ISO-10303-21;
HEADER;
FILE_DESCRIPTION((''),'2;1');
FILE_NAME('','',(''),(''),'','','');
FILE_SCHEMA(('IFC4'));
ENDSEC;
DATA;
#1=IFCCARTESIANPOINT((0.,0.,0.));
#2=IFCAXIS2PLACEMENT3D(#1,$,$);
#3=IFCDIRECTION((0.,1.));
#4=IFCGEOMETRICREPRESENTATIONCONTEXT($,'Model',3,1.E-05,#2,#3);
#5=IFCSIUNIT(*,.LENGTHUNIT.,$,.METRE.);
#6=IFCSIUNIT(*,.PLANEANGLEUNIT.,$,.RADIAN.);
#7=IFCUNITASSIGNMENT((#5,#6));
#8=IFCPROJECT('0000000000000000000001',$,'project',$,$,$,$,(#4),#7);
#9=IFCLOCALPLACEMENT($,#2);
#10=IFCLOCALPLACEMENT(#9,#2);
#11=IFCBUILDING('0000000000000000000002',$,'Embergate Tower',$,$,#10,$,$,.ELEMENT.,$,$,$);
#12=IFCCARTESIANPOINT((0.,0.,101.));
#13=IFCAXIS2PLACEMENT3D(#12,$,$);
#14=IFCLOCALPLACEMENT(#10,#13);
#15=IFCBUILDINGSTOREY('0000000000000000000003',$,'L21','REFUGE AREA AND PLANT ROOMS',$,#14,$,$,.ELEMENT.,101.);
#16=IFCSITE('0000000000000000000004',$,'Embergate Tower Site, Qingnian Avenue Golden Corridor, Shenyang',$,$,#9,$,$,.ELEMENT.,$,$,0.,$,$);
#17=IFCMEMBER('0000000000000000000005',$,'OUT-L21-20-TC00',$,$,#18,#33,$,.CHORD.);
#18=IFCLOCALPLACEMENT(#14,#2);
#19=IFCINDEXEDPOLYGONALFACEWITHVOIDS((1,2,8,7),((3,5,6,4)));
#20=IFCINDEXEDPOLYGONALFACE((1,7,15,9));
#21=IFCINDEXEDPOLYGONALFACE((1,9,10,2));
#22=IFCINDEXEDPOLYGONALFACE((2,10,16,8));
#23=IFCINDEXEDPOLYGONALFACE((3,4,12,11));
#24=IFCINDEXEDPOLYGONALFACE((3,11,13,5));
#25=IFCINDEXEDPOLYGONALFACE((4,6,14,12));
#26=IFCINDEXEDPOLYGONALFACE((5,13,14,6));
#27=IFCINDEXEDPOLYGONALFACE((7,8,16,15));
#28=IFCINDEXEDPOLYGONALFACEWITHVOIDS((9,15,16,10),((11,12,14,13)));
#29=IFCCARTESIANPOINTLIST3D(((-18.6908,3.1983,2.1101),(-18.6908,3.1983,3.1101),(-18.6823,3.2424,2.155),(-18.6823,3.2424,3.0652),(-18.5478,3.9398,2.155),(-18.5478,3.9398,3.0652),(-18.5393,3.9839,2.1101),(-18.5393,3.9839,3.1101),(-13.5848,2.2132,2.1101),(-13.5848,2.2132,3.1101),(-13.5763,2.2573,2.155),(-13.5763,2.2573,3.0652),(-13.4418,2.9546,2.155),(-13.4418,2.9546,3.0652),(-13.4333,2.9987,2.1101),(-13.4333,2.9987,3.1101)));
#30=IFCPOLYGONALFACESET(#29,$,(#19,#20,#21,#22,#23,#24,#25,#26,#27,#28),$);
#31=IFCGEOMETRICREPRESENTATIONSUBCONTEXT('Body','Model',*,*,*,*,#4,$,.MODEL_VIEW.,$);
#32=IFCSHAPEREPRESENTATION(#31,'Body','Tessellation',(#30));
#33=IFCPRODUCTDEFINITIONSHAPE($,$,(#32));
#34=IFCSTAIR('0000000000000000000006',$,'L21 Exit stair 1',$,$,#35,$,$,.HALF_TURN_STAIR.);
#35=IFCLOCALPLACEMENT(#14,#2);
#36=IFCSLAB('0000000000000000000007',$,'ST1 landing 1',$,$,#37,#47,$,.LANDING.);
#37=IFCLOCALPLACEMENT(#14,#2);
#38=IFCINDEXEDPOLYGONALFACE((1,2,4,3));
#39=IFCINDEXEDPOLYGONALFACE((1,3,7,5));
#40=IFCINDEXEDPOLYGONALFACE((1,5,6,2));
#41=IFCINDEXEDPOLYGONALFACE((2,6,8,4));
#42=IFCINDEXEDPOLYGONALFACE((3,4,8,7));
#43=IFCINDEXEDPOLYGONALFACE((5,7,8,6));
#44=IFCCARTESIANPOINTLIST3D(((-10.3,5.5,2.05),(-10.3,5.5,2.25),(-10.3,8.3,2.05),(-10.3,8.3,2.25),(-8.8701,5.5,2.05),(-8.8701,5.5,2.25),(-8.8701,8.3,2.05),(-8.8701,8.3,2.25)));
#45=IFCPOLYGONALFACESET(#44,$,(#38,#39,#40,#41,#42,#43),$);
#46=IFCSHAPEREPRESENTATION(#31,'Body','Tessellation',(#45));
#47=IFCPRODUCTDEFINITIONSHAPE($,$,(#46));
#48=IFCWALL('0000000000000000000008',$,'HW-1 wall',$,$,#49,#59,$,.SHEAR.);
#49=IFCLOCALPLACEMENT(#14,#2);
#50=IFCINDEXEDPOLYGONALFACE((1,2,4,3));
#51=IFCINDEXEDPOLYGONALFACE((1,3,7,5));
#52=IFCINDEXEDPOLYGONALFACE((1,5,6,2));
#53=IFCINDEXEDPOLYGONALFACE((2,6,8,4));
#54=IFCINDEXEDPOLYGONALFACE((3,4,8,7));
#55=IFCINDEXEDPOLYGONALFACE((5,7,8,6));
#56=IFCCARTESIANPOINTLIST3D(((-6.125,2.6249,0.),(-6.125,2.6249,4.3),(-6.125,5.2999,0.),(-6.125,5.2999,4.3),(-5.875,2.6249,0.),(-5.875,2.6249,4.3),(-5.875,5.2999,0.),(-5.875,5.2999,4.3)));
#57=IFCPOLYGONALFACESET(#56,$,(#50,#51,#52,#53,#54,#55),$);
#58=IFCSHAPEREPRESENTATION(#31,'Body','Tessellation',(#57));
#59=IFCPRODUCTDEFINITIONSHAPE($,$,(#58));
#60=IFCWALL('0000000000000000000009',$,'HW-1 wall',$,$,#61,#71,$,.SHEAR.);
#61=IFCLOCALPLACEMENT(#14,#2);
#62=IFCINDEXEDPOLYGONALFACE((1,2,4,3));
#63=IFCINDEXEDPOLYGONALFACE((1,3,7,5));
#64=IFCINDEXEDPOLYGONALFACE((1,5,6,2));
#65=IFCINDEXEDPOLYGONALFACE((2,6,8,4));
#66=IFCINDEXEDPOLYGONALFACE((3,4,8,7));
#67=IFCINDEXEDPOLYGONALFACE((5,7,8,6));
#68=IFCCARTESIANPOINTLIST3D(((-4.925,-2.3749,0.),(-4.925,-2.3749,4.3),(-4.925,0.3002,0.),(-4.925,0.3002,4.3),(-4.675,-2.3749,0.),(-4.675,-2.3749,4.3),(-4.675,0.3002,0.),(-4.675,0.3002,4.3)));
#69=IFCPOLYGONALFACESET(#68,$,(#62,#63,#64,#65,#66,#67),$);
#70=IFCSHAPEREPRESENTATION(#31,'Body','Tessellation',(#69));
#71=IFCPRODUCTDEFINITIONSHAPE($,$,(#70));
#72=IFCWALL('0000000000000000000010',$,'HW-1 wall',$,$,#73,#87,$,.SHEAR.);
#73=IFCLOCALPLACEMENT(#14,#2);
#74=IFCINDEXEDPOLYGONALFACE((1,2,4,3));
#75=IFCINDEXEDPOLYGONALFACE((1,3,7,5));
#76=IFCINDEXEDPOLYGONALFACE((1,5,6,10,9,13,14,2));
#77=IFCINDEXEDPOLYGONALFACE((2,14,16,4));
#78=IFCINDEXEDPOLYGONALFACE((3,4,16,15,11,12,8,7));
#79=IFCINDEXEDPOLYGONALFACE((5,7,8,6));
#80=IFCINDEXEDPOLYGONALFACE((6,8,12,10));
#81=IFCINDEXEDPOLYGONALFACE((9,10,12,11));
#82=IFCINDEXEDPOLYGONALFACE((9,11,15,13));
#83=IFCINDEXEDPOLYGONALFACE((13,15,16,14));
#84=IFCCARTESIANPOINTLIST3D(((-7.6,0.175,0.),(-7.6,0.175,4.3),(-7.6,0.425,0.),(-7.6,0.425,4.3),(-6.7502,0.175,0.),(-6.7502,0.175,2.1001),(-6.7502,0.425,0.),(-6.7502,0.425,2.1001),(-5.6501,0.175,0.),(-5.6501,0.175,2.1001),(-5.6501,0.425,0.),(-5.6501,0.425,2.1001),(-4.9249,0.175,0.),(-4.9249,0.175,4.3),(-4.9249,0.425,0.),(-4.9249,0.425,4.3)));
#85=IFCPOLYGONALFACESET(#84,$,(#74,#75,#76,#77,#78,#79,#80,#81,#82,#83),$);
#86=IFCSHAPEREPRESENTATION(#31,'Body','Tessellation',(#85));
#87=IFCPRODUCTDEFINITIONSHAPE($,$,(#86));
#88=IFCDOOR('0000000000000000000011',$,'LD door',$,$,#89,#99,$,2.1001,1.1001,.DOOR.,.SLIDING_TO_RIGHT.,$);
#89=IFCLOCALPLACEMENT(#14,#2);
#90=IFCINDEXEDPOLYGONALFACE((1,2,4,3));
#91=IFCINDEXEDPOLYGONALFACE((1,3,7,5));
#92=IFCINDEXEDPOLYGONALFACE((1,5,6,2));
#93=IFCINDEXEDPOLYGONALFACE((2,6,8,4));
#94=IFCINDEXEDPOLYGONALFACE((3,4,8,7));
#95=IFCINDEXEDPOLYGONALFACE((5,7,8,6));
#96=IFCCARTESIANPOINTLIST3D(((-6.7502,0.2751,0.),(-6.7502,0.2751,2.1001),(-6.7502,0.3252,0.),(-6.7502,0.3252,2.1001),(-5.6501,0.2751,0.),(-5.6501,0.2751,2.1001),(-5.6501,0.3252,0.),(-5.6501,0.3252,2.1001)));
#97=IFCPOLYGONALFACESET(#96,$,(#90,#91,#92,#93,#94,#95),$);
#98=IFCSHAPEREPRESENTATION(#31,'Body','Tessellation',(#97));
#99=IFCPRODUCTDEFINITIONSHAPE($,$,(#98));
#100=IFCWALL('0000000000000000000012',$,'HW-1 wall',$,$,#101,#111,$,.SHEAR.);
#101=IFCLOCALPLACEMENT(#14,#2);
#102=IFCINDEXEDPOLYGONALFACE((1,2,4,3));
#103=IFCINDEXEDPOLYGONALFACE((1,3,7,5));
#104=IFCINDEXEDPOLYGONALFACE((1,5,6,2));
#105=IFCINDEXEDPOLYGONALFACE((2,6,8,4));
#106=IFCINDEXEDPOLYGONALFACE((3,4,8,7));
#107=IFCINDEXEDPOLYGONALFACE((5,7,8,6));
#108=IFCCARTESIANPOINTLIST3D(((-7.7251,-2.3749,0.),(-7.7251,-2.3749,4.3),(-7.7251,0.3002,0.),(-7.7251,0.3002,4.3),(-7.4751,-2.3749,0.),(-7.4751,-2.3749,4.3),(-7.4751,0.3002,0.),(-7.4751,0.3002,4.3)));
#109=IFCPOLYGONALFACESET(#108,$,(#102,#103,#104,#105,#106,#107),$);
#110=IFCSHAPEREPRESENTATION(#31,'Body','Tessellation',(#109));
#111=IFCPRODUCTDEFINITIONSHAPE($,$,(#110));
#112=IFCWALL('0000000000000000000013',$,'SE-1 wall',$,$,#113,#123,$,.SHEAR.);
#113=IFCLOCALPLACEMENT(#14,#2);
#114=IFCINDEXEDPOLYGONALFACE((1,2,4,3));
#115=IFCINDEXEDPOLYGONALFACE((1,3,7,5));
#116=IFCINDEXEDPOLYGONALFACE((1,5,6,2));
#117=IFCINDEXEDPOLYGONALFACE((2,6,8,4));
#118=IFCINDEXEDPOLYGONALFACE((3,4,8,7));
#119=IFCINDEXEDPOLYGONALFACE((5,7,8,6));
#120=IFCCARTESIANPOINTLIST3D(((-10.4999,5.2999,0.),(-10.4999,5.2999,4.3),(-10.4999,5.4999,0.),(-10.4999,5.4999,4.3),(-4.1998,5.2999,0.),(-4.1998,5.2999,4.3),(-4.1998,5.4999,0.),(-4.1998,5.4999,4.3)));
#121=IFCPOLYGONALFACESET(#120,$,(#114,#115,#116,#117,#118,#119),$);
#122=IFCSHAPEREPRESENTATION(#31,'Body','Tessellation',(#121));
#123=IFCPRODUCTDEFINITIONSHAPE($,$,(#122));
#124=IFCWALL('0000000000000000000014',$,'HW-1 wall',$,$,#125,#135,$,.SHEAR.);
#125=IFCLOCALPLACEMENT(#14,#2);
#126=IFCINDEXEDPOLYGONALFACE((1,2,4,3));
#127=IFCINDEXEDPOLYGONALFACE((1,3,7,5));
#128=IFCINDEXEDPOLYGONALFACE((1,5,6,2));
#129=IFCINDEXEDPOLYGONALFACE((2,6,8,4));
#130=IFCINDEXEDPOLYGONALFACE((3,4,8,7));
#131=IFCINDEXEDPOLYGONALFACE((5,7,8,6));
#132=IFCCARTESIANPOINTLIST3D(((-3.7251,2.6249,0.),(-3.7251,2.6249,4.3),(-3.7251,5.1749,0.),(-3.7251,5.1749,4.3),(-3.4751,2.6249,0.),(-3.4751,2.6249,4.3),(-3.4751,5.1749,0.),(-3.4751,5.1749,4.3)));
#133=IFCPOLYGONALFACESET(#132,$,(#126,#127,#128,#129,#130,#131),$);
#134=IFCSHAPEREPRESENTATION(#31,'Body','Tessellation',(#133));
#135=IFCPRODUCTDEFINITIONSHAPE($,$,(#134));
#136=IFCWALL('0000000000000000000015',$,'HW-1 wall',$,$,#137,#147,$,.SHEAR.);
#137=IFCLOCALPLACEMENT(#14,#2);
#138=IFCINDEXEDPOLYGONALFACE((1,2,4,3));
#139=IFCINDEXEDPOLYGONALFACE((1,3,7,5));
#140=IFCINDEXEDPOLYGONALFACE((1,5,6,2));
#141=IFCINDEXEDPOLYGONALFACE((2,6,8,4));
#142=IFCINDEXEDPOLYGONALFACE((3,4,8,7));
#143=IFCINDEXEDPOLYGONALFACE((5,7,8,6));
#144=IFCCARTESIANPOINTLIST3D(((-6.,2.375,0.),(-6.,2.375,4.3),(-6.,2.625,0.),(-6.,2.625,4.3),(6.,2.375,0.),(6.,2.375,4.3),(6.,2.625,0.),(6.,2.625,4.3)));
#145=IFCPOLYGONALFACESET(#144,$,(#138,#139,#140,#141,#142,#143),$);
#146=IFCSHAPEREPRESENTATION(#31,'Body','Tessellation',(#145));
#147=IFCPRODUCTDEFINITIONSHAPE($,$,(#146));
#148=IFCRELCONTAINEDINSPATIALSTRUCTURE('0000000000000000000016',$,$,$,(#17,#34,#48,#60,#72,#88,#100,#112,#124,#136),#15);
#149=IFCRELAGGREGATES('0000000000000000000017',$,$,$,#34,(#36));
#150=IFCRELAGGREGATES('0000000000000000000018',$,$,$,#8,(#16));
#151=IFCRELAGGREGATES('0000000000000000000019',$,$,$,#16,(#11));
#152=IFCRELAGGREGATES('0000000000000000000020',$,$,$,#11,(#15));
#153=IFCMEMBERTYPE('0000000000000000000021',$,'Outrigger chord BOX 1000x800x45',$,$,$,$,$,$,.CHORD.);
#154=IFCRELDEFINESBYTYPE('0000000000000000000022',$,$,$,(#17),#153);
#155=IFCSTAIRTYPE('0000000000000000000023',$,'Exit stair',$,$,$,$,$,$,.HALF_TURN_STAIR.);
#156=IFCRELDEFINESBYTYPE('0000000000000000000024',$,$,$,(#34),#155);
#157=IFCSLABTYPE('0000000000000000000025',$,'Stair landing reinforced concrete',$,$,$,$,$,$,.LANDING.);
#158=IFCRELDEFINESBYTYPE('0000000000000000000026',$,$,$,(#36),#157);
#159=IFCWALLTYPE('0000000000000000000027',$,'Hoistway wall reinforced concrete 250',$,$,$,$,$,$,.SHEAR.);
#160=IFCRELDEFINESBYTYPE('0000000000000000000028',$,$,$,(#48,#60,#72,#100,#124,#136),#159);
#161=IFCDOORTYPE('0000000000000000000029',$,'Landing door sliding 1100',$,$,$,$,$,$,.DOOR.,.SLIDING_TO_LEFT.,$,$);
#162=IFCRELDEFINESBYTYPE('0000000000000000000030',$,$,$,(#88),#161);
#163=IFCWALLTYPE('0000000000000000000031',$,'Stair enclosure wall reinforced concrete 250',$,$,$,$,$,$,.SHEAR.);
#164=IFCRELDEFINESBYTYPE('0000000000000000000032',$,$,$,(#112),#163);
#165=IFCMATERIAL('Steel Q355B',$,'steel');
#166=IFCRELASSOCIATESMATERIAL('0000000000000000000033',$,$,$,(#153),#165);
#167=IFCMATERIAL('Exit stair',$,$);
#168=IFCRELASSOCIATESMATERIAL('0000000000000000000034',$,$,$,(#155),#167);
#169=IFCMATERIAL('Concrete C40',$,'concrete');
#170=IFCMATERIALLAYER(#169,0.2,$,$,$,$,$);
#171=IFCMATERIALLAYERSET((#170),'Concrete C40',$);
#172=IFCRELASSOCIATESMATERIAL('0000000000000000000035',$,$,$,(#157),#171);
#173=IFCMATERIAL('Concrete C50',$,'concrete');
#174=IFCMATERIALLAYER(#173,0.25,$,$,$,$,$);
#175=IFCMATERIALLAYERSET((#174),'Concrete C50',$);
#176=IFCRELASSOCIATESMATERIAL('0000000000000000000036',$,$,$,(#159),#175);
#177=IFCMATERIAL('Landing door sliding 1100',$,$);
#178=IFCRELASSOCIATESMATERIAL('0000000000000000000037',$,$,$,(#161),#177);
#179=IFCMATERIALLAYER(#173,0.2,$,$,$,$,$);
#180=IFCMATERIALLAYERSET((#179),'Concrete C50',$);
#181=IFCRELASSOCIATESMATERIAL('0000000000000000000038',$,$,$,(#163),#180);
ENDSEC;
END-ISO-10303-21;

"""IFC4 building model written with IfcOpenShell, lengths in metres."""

from ifc_helpers import new_model, si_unit, direction, frame, frame_2d, origin, origin_2d, place, context, subcontext, project, spatial, polyline, rectangle, hollow_rectangle, outline, extrude, source, transform, mapped, material, layer, layer_set, material_profile, profile_set, type_object, element, fill, aggregate, save


model = new_model("IFC4")

# Units and contexts
model_context = context("Model", 3, precision=1e-05, world=origin(), true_north=direction((0.0, 1.0)))
body_context = subcontext(model_context, "Body", "Model", "MODEL_VIEW")
ifc_project = project(units=[si_unit("LENGTHUNIT", "METRE"), si_unit("PLANEANGLEUNIT", "RADIAN")], contexts=[model_context])

# Site, building, storey
site_placement = place(None, origin())
site = spatial("IfcSite", under=ifc_project, at=site_placement, Name="Embergate Tower Site, Qingnian Avenue Golden Corridor, Shenyang", CompositionType="ELEMENT", RefElevation=0.0)
building_placement = place(site_placement, origin())
building = spatial("IfcBuilding", under=site, at=building_placement, Name="Embergate Tower", CompositionType="ELEMENT")
storey_placement = place(building_placement, frame((0.0, 0.0, 101.0)))
storey = spatial("IfcBuildingStorey", under=building, at=storey_placement, Name="L21", Description="REFUGE AREA AND PLANT ROOMS", CompositionType="ELEMENT", Elevation=101.0)

# Member
ifc_material_1 = material(Name="Steel Q355B", Category="steel")
ifc_material_profile = material_profile(ifc_material_1, hollow_rectangle(XDim=0.8, YDim=1.0, WallThickness=0.0449, at=origin_2d()), Name="BOX 1000x800x45")
ifc_profile_set = profile_set([ifc_material_profile], Name="Steel Q355 grade B")
member_type = type_object("IfcMemberType", Name="Outrigger chord BOX 1000x800x45", PredefinedType="CHORD", material=ifc_profile_set)
shared_shape_1 = source(origin(), body_context, "Body", "SweptSolid", [
    extrude(hollow_rectangle(XDim=0.8, YDim=1.0, WallThickness=0.0449, at=origin_2d()), origin(), (0.0, 0.0, 1.0), 5.2002),
])
member_placement = place(storey_placement, frame((-13.509, 2.606, 2.6101), z_axis=(-0.981892, 0.189439, 0.0), x_axis=(-0.189439, -0.981892, 0.0)))
element("IfcMember", 1, at=member_placement, inside=storey, type_object=member_type, Name="OUT-L21-20-TC00", PredefinedType="CHORD", context=body_context, shape_type="MappedRepresentation", body=[
    mapped(shared_shape_1, transform((0.0, 0.0, 0.0))),
])

# Stair, slab
ifc_material_2 = material(Name="Exit stair")
stair_type = type_object("IfcStairType", Name="Exit stair", PredefinedType="HALF_TURN_STAIR", material=ifc_material_2)
stair_placement = place(storey_placement, origin())
stair = element("IfcStair", 2, at=stair_placement, inside=storey, type_object=stair_type, Name="L21 Exit stair 1", PredefinedType="HALF_TURN_STAIR")
ifc_material_3 = material(Name="Concrete C40", Category="concrete")
ifc_layer_1 = layer(ifc_material_3, 0.2)
ifc_layer_set_1 = layer_set([ifc_layer_1], Name="Concrete C40")
slab_type = type_object("IfcSlabType", Name="Stair landing reinforced concrete", PredefinedType="LANDING", material=ifc_layer_set_1)
shared_shape_2 = source(origin(), body_context, "Body", "SweptSolid", [
    extrude(outline(polyline([(0.0, 0.0), (1.4299, 0.0), (1.4299, 2.8), (0.0, 2.8), (0.0, 0.0)])), origin(), (0.0, 0.0, 1.0), 0.2),
])
slab_placement = place(storey_placement, frame((-10.3, 5.5, 2.05)))
slab = element("IfcSlab", 3, at=slab_placement, type_object=slab_type, Name="ST1 landing 1", PredefinedType="LANDING", context=body_context, shape_type="MappedRepresentation", body=[
    mapped(shared_shape_2, transform((0.0, 0.0, 0.0))),
])
aggregate(stair, [slab])

# Walls
ifc_material_4 = material(Name="Concrete C50", Category="concrete")
ifc_layer_2 = layer(ifc_material_4, 0.25)
ifc_layer_set_2 = layer_set([ifc_layer_2], Name="Concrete C50")
wall_type_1 = type_object("IfcWallType", Name="Hoistway wall reinforced concrete 250", PredefinedType="SHEAR", material=ifc_layer_set_2)
shared_shape_3 = source(origin(), body_context, "Body", "SweptSolid", [
    extrude(rectangle(XDim=2.675, YDim=0.25, at=frame_2d((1.3374, 0.0))), origin(), (0.0, 0.0, 1.0), 4.3),
])
for number, where, z_axis, x_axis, name in (
    (4, (-6.0, 2.625, 0.0), (0.0, 0.0, 1.0), (0.0, 1.0, 0.0), "HW-1 wall"),
    (5, (-4.8, 0.3, 0.0), (0.0, 0.0, 1.0), (0.0, -1.0, 0.0), "HW-1 wall"),
):
    element("IfcWall", number, at=place(storey_placement, frame(where, z_axis=z_axis, x_axis=x_axis)), inside=storey, type_object=wall_type_1, Name=name, PredefinedType="SHEAR", context=body_context, shape_type="MappedRepresentation", body=[
        mapped(shared_shape_3, transform((0.0, 0.0, 0.0))),
    ])

# Wall, opening, door
wall_1_placement = place(storey_placement, frame((-4.925, 0.3, 0.0), z_axis=(0.0, 0.0, 1.0), x_axis=(-1.0, 0.0, 0.0)))
wall_1 = element("IfcWall", 6, at=wall_1_placement, inside=storey, type_object=wall_type_1, Name="HW-1 wall", PredefinedType="SHEAR", context=body_context, shape_type="MappedRepresentation", body=[
    mapped(shared_shape_3, transform((0.0, 0.0, 0.0))),
])
shared_shape_4 = source(origin(), body_context, "Body", "SweptSolid", [
    extrude(rectangle(XDim=1.1001, YDim=2.1001, at=frame_2d((0.55, 1.05))), frame((0.0, 0.135, 0.0), z_axis=(0.0, -1.0, 0.0), x_axis=(1.0, 0.0, 0.0)), (0.0, 0.0, 1.0), 0.27),
])
opening_1_placement = place(wall_1_placement, frame((0.7251, 0.0, 0.0)))
opening_1 = element("IfcOpeningElement", 7, at=opening_1_placement, cuts=wall_1, PredefinedType="OPENING", context=body_context, shape_type="MappedRepresentation", body=[
    mapped(shared_shape_4, transform((0.0, 0.0, 0.0))),
])
ifc_material_5 = material(Name="Landing door sliding 1100")
door_type_1 = type_object("IfcDoorType", Name="Landing door sliding 1100", OperationType="SLIDING_TO_LEFT", PredefinedType="DOOR", material=ifc_material_5)
shared_shape_5 = source(origin(), body_context, "Body", "SweptSolid", [
    extrude(rectangle(XDim=1.1001, YDim=2.1001, at=frame_2d((0.55, 1.05))), frame((0.0, 0.0249, 0.0), z_axis=(0.0, -1.0, 0.0), x_axis=(1.0, 0.0, 0.0)), (0.0, 0.0, 1.0), 0.05),
])
door_1_placement = place(opening_1_placement, origin())
door_1 = element("IfcDoor", 8, at=door_1_placement, inside=storey, type_object=door_type_1, Name="LD door", OperationType="SLIDING_TO_RIGHT", OverallHeight=2.1001, OverallWidth=1.1001, PredefinedType="DOOR", context=body_context, shape_type="MappedRepresentation", body=[
    mapped(shared_shape_5, transform((0.0, 0.0, 0.0))),
])
fill(opening_1, door_1)

# Walls
wall_2_placement = place(storey_placement, frame((-7.6001, 0.3, 0.0), z_axis=(0.0, 0.0, 1.0), x_axis=(0.0, -1.0, 0.0)))
element("IfcWall", 9, at=wall_2_placement, inside=storey, type_object=wall_type_1, Name="HW-1 wall", PredefinedType="SHEAR", context=body_context, shape_type="MappedRepresentation", body=[
    mapped(shared_shape_3, transform((0.0, 0.0, 0.0))),
])
ifc_layer_3 = layer(ifc_material_4, 0.2)
ifc_layer_set_3 = layer_set([ifc_layer_3], Name="Concrete C50")
wall_type_2 = type_object("IfcWallType", Name="Stair enclosure wall reinforced concrete 250", PredefinedType="SHEAR", material=ifc_layer_set_3)
shared_shape_6 = source(origin(), body_context, "Body", "SweptSolid", [
    extrude(rectangle(XDim=6.3, YDim=0.2, at=frame_2d((3.1499, 0.0))), origin(), (0.0, 0.0, 1.0), 4.3),
])
wall_3_placement = place(storey_placement, frame((-4.2, 5.3999, 0.0), z_axis=(0.0, 0.0, 1.0), x_axis=(-1.0, 0.0, 0.0)))
element("IfcWall", 10, at=wall_3_placement, inside=storey, type_object=wall_type_2, Name="SE-1 wall", PredefinedType="SHEAR", context=body_context, shape_type="MappedRepresentation", body=[
    mapped(shared_shape_6, transform((0.0, 0.0, 0.0))),
])
shared_shape_7 = source(origin(), body_context, "Body", "SweptSolid", [
    extrude(rectangle(XDim=2.55, YDim=0.25, at=frame_2d((1.2749, 0.0))), origin(), (0.0, 0.0, 1.0), 4.3),
])
wall_4_placement = place(storey_placement, frame((-3.6001, 2.625, 0.0), z_axis=(0.0, 0.0, 1.0), x_axis=(0.0, 1.0, 0.0)))
element("IfcWall", 11, at=wall_4_placement, inside=storey, type_object=wall_type_1, Name="HW-1 wall", PredefinedType="SHEAR", context=body_context, shape_type="MappedRepresentation", body=[
    mapped(shared_shape_7, transform((0.0, 0.0, 0.0))),
])
shared_shape_8 = source(origin(), body_context, "Body", "SweptSolid", [
    extrude(rectangle(XDim=12.0, YDim=0.25, at=frame_2d((6.0, 0.0))), origin(), (0.0, 0.0, 1.0), 4.3),
])
wall_5_placement = place(storey_placement, frame((-6.0, 2.5, 0.0), z_axis=(0.0, 0.0, 1.0), x_axis=(1.0, 0.0, 0.0)))
element("IfcWall", 12, at=wall_5_placement, inside=storey, type_object=wall_type_1, Name="HW-1 wall", PredefinedType="SHEAR", context=body_context, shape_type="MappedRepresentation", body=[
    mapped(shared_shape_8, transform((0.0, 0.0, 0.0))),
])

save(model, "model.ifc")
